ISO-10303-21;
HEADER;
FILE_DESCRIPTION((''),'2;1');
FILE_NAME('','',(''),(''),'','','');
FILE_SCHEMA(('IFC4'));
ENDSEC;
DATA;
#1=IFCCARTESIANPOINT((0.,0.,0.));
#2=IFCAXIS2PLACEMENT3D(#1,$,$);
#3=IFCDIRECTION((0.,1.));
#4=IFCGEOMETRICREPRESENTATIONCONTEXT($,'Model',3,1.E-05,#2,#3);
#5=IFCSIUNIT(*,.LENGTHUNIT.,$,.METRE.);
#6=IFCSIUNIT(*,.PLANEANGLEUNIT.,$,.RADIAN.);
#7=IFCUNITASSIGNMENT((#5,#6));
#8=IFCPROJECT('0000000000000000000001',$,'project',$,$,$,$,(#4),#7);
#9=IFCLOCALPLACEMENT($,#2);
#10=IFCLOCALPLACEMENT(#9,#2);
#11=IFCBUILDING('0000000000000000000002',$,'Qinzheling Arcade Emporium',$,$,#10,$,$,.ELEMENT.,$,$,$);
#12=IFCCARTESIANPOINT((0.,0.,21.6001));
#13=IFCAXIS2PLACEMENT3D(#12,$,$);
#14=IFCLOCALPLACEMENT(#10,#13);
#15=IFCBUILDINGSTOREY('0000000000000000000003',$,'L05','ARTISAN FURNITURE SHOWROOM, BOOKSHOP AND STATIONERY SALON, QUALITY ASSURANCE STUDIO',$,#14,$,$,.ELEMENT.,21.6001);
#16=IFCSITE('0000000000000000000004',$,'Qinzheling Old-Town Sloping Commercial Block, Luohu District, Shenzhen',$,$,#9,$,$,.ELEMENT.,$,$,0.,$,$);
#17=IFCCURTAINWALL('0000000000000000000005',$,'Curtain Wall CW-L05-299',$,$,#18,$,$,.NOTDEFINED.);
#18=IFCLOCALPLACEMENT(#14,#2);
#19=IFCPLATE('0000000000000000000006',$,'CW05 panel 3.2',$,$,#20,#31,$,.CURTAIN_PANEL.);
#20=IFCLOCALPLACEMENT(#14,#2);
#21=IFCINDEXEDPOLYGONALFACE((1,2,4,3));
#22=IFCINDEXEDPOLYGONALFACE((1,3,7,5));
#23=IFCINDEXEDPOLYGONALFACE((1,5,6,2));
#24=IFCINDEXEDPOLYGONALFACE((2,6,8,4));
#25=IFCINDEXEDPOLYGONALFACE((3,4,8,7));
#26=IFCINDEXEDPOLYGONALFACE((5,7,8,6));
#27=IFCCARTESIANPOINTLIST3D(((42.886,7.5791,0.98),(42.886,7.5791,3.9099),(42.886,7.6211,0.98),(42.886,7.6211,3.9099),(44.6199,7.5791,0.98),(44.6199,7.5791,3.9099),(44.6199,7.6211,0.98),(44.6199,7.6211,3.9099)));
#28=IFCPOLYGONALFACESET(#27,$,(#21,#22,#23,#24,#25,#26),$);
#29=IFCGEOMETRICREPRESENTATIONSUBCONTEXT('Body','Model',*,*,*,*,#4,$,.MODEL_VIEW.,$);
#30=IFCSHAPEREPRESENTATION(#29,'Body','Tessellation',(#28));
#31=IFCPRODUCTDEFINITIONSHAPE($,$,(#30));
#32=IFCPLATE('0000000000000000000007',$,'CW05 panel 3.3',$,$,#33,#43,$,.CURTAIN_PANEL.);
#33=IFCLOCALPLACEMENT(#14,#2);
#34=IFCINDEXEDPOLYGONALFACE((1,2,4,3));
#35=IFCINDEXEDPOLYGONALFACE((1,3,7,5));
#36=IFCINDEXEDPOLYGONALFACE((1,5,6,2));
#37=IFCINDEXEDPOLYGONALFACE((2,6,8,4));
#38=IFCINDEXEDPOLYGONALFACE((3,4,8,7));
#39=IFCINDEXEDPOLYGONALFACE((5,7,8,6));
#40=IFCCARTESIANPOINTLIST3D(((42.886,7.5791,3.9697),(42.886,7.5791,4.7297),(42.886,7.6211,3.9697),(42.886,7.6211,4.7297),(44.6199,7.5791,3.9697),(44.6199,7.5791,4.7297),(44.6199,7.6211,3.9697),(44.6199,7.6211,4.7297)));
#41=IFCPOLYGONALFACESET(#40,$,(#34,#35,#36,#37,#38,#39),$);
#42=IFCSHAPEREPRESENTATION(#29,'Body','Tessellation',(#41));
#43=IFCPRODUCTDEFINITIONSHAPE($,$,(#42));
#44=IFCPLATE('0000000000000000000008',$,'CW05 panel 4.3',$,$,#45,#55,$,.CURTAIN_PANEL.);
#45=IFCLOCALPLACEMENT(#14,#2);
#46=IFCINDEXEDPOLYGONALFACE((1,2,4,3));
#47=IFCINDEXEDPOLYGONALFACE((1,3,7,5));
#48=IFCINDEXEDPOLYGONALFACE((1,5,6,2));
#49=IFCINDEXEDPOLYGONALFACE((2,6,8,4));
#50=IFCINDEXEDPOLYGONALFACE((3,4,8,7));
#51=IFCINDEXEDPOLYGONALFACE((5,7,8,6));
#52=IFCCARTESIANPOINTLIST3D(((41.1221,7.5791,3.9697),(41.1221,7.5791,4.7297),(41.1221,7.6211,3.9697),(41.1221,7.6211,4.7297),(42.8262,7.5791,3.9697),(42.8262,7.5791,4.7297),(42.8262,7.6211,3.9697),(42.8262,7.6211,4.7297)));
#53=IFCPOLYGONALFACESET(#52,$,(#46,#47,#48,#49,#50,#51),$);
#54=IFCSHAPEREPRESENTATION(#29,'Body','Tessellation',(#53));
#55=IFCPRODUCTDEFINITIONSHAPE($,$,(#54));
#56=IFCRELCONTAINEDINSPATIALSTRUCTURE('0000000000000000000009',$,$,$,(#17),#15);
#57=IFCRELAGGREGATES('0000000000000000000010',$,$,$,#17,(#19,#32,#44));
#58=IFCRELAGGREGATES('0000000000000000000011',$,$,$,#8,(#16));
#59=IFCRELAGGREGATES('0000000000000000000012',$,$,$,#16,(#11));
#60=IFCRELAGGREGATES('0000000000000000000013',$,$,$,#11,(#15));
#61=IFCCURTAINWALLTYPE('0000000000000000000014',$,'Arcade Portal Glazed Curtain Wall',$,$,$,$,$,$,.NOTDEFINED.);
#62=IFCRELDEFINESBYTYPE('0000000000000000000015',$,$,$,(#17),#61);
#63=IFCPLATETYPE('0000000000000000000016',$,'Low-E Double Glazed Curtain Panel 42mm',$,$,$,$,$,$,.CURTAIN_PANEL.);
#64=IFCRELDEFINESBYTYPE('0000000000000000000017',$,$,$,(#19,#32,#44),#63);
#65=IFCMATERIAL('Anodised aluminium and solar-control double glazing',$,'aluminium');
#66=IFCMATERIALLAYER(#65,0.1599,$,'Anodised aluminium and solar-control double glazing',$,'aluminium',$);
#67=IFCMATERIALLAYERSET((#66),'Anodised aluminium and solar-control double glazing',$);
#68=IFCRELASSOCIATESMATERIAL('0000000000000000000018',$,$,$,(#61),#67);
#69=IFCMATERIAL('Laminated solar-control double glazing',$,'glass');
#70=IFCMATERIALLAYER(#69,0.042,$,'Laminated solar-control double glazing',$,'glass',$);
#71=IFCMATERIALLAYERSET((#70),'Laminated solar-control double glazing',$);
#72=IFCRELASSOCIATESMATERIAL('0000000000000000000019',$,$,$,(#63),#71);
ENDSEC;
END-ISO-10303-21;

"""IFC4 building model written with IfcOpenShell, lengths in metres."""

from ifc_helpers import new_model, si_unit, direction, frame, origin, origin_2d, place, context, subcontext, project, spatial, rectangle, extrude, material, layer, layer_set, type_object, element, aggregate, save


model = new_model("IFC4")

# Units and contexts
model_context = context("Model", 3, precision=1e-05, world=origin(), true_north=direction((0.0, 1.0)))
body_context = subcontext(model_context, "Body", "Model", "MODEL_VIEW")
ifc_project = project(units=[si_unit("LENGTHUNIT", "METRE"), si_unit("PLANEANGLEUNIT", "RADIAN")], contexts=[model_context])

# Site, building, storey
site_placement = place(None, origin())
site = spatial("IfcSite", under=ifc_project, at=site_placement, Name="Qinzheling Old-Town Sloping Commercial Block, Luohu District, Shenzhen", CompositionType="ELEMENT", RefElevation=0.0)
building_placement = place(site_placement, origin())
building = spatial("IfcBuilding", under=site, at=building_placement, Name="Qinzheling Arcade Emporium", CompositionType="ELEMENT")
storey_placement = place(building_placement, frame((0.0, 0.0, 21.6001)))
storey = spatial("IfcBuildingStorey", under=building, at=storey_placement, Name="L05", Description="ARTISAN FURNITURE SHOWROOM, BOOKSHOP AND STATIONERY SALON, QUALITY ASSURANCE STUDIO", CompositionType="ELEMENT", Elevation=21.6001)

# Shared definitions
ifc_material_1 = material(Name="Anodised aluminium and solar-control double glazing", Category="aluminium")
ifc_layer_1 = layer(ifc_material_1, 0.1599, Name="Anodised aluminium and solar-control double glazing", Category="aluminium")
ifc_layer_set_1 = layer_set([ifc_layer_1], Name="Anodised aluminium and solar-control double glazing")
curtain_wall_type = type_object("IfcCurtainWallType", Name="Arcade Portal Glazed Curtain Wall", PredefinedType="NOTDEFINED", material=ifc_layer_set_1)

# Curtain wall
curtain_wall_1_placement = place(storey_placement, origin())
curtain_wall_1 = element("IfcCurtainWall", 1, at=curtain_wall_1_placement, inside=storey, type_object=curtain_wall_type, Name="Curtain Wall CW-L05-299", PredefinedType="NOTDEFINED")

# Plates
ifc_material_2 = material(Name="Laminated solar-control double glazing", Category="glass")
ifc_layer_2 = layer(ifc_material_2, 0.042, Name="Laminated solar-control double glazing", Category="glass")
ifc_layer_set_2 = layer_set([ifc_layer_2], Name="Laminated solar-control double glazing")
plate_type_1 = type_object("IfcPlateType", Name="Low-E Double Glazed Curtain Panel 42mm", PredefinedType="CURTAIN_PANEL", material=ifc_layer_set_2)
plate_1_placement = place(storey_placement, frame((43.7529, 7.6001, 0.98), z_axis=(0.0, 0.0, 1.0), x_axis=(-1.0, 0.0, 0.0)))
plate_1 = element("IfcPlate", 2, at=plate_1_placement, type_object=plate_type_1, Name="CW05 panel 3.2", PredefinedType="CURTAIN_PANEL", context=body_context, shape_type="SweptSolid", body=[
    extrude(rectangle(XDim=1.7339, YDim=0.042, at=origin_2d()), origin(), (0.0, 0.0, 1.0), 2.9299),
])
plate_2_placement = place(storey_placement, frame((43.7529, 7.6001, 3.9697), z_axis=(0.0, 0.0, 1.0), x_axis=(-1.0, 0.0, 0.0)))
plate_2 = element("IfcPlate", 3, at=plate_2_placement, type_object=plate_type_1, Name="CW05 panel 3.3", PredefinedType="CURTAIN_PANEL", context=body_context, shape_type="SweptSolid", body=[
    extrude(rectangle(XDim=1.7339, YDim=0.042, at=origin_2d()), origin(), (0.0, 0.0, 1.0), 0.76),
])
plate_3_placement = place(storey_placement, frame((41.9741, 7.6001, 3.9697), z_axis=(0.0, 0.0, 1.0), x_axis=(-1.0, 0.0, 0.0)))
plate_3 = element("IfcPlate", 4, at=plate_3_placement, type_object=plate_type_1, Name="CW05 panel 4.3", PredefinedType="CURTAIN_PANEL", context=body_context, shape_type="SweptSolid", body=[
    extrude(rectangle(XDim=1.7041, YDim=0.042, at=origin_2d()), origin(), (0.0, 0.0, 1.0), 0.76),
])
aggregate(curtain_wall_1, [plate_1, plate_2, plate_3])

save(model, "model.ifc")
